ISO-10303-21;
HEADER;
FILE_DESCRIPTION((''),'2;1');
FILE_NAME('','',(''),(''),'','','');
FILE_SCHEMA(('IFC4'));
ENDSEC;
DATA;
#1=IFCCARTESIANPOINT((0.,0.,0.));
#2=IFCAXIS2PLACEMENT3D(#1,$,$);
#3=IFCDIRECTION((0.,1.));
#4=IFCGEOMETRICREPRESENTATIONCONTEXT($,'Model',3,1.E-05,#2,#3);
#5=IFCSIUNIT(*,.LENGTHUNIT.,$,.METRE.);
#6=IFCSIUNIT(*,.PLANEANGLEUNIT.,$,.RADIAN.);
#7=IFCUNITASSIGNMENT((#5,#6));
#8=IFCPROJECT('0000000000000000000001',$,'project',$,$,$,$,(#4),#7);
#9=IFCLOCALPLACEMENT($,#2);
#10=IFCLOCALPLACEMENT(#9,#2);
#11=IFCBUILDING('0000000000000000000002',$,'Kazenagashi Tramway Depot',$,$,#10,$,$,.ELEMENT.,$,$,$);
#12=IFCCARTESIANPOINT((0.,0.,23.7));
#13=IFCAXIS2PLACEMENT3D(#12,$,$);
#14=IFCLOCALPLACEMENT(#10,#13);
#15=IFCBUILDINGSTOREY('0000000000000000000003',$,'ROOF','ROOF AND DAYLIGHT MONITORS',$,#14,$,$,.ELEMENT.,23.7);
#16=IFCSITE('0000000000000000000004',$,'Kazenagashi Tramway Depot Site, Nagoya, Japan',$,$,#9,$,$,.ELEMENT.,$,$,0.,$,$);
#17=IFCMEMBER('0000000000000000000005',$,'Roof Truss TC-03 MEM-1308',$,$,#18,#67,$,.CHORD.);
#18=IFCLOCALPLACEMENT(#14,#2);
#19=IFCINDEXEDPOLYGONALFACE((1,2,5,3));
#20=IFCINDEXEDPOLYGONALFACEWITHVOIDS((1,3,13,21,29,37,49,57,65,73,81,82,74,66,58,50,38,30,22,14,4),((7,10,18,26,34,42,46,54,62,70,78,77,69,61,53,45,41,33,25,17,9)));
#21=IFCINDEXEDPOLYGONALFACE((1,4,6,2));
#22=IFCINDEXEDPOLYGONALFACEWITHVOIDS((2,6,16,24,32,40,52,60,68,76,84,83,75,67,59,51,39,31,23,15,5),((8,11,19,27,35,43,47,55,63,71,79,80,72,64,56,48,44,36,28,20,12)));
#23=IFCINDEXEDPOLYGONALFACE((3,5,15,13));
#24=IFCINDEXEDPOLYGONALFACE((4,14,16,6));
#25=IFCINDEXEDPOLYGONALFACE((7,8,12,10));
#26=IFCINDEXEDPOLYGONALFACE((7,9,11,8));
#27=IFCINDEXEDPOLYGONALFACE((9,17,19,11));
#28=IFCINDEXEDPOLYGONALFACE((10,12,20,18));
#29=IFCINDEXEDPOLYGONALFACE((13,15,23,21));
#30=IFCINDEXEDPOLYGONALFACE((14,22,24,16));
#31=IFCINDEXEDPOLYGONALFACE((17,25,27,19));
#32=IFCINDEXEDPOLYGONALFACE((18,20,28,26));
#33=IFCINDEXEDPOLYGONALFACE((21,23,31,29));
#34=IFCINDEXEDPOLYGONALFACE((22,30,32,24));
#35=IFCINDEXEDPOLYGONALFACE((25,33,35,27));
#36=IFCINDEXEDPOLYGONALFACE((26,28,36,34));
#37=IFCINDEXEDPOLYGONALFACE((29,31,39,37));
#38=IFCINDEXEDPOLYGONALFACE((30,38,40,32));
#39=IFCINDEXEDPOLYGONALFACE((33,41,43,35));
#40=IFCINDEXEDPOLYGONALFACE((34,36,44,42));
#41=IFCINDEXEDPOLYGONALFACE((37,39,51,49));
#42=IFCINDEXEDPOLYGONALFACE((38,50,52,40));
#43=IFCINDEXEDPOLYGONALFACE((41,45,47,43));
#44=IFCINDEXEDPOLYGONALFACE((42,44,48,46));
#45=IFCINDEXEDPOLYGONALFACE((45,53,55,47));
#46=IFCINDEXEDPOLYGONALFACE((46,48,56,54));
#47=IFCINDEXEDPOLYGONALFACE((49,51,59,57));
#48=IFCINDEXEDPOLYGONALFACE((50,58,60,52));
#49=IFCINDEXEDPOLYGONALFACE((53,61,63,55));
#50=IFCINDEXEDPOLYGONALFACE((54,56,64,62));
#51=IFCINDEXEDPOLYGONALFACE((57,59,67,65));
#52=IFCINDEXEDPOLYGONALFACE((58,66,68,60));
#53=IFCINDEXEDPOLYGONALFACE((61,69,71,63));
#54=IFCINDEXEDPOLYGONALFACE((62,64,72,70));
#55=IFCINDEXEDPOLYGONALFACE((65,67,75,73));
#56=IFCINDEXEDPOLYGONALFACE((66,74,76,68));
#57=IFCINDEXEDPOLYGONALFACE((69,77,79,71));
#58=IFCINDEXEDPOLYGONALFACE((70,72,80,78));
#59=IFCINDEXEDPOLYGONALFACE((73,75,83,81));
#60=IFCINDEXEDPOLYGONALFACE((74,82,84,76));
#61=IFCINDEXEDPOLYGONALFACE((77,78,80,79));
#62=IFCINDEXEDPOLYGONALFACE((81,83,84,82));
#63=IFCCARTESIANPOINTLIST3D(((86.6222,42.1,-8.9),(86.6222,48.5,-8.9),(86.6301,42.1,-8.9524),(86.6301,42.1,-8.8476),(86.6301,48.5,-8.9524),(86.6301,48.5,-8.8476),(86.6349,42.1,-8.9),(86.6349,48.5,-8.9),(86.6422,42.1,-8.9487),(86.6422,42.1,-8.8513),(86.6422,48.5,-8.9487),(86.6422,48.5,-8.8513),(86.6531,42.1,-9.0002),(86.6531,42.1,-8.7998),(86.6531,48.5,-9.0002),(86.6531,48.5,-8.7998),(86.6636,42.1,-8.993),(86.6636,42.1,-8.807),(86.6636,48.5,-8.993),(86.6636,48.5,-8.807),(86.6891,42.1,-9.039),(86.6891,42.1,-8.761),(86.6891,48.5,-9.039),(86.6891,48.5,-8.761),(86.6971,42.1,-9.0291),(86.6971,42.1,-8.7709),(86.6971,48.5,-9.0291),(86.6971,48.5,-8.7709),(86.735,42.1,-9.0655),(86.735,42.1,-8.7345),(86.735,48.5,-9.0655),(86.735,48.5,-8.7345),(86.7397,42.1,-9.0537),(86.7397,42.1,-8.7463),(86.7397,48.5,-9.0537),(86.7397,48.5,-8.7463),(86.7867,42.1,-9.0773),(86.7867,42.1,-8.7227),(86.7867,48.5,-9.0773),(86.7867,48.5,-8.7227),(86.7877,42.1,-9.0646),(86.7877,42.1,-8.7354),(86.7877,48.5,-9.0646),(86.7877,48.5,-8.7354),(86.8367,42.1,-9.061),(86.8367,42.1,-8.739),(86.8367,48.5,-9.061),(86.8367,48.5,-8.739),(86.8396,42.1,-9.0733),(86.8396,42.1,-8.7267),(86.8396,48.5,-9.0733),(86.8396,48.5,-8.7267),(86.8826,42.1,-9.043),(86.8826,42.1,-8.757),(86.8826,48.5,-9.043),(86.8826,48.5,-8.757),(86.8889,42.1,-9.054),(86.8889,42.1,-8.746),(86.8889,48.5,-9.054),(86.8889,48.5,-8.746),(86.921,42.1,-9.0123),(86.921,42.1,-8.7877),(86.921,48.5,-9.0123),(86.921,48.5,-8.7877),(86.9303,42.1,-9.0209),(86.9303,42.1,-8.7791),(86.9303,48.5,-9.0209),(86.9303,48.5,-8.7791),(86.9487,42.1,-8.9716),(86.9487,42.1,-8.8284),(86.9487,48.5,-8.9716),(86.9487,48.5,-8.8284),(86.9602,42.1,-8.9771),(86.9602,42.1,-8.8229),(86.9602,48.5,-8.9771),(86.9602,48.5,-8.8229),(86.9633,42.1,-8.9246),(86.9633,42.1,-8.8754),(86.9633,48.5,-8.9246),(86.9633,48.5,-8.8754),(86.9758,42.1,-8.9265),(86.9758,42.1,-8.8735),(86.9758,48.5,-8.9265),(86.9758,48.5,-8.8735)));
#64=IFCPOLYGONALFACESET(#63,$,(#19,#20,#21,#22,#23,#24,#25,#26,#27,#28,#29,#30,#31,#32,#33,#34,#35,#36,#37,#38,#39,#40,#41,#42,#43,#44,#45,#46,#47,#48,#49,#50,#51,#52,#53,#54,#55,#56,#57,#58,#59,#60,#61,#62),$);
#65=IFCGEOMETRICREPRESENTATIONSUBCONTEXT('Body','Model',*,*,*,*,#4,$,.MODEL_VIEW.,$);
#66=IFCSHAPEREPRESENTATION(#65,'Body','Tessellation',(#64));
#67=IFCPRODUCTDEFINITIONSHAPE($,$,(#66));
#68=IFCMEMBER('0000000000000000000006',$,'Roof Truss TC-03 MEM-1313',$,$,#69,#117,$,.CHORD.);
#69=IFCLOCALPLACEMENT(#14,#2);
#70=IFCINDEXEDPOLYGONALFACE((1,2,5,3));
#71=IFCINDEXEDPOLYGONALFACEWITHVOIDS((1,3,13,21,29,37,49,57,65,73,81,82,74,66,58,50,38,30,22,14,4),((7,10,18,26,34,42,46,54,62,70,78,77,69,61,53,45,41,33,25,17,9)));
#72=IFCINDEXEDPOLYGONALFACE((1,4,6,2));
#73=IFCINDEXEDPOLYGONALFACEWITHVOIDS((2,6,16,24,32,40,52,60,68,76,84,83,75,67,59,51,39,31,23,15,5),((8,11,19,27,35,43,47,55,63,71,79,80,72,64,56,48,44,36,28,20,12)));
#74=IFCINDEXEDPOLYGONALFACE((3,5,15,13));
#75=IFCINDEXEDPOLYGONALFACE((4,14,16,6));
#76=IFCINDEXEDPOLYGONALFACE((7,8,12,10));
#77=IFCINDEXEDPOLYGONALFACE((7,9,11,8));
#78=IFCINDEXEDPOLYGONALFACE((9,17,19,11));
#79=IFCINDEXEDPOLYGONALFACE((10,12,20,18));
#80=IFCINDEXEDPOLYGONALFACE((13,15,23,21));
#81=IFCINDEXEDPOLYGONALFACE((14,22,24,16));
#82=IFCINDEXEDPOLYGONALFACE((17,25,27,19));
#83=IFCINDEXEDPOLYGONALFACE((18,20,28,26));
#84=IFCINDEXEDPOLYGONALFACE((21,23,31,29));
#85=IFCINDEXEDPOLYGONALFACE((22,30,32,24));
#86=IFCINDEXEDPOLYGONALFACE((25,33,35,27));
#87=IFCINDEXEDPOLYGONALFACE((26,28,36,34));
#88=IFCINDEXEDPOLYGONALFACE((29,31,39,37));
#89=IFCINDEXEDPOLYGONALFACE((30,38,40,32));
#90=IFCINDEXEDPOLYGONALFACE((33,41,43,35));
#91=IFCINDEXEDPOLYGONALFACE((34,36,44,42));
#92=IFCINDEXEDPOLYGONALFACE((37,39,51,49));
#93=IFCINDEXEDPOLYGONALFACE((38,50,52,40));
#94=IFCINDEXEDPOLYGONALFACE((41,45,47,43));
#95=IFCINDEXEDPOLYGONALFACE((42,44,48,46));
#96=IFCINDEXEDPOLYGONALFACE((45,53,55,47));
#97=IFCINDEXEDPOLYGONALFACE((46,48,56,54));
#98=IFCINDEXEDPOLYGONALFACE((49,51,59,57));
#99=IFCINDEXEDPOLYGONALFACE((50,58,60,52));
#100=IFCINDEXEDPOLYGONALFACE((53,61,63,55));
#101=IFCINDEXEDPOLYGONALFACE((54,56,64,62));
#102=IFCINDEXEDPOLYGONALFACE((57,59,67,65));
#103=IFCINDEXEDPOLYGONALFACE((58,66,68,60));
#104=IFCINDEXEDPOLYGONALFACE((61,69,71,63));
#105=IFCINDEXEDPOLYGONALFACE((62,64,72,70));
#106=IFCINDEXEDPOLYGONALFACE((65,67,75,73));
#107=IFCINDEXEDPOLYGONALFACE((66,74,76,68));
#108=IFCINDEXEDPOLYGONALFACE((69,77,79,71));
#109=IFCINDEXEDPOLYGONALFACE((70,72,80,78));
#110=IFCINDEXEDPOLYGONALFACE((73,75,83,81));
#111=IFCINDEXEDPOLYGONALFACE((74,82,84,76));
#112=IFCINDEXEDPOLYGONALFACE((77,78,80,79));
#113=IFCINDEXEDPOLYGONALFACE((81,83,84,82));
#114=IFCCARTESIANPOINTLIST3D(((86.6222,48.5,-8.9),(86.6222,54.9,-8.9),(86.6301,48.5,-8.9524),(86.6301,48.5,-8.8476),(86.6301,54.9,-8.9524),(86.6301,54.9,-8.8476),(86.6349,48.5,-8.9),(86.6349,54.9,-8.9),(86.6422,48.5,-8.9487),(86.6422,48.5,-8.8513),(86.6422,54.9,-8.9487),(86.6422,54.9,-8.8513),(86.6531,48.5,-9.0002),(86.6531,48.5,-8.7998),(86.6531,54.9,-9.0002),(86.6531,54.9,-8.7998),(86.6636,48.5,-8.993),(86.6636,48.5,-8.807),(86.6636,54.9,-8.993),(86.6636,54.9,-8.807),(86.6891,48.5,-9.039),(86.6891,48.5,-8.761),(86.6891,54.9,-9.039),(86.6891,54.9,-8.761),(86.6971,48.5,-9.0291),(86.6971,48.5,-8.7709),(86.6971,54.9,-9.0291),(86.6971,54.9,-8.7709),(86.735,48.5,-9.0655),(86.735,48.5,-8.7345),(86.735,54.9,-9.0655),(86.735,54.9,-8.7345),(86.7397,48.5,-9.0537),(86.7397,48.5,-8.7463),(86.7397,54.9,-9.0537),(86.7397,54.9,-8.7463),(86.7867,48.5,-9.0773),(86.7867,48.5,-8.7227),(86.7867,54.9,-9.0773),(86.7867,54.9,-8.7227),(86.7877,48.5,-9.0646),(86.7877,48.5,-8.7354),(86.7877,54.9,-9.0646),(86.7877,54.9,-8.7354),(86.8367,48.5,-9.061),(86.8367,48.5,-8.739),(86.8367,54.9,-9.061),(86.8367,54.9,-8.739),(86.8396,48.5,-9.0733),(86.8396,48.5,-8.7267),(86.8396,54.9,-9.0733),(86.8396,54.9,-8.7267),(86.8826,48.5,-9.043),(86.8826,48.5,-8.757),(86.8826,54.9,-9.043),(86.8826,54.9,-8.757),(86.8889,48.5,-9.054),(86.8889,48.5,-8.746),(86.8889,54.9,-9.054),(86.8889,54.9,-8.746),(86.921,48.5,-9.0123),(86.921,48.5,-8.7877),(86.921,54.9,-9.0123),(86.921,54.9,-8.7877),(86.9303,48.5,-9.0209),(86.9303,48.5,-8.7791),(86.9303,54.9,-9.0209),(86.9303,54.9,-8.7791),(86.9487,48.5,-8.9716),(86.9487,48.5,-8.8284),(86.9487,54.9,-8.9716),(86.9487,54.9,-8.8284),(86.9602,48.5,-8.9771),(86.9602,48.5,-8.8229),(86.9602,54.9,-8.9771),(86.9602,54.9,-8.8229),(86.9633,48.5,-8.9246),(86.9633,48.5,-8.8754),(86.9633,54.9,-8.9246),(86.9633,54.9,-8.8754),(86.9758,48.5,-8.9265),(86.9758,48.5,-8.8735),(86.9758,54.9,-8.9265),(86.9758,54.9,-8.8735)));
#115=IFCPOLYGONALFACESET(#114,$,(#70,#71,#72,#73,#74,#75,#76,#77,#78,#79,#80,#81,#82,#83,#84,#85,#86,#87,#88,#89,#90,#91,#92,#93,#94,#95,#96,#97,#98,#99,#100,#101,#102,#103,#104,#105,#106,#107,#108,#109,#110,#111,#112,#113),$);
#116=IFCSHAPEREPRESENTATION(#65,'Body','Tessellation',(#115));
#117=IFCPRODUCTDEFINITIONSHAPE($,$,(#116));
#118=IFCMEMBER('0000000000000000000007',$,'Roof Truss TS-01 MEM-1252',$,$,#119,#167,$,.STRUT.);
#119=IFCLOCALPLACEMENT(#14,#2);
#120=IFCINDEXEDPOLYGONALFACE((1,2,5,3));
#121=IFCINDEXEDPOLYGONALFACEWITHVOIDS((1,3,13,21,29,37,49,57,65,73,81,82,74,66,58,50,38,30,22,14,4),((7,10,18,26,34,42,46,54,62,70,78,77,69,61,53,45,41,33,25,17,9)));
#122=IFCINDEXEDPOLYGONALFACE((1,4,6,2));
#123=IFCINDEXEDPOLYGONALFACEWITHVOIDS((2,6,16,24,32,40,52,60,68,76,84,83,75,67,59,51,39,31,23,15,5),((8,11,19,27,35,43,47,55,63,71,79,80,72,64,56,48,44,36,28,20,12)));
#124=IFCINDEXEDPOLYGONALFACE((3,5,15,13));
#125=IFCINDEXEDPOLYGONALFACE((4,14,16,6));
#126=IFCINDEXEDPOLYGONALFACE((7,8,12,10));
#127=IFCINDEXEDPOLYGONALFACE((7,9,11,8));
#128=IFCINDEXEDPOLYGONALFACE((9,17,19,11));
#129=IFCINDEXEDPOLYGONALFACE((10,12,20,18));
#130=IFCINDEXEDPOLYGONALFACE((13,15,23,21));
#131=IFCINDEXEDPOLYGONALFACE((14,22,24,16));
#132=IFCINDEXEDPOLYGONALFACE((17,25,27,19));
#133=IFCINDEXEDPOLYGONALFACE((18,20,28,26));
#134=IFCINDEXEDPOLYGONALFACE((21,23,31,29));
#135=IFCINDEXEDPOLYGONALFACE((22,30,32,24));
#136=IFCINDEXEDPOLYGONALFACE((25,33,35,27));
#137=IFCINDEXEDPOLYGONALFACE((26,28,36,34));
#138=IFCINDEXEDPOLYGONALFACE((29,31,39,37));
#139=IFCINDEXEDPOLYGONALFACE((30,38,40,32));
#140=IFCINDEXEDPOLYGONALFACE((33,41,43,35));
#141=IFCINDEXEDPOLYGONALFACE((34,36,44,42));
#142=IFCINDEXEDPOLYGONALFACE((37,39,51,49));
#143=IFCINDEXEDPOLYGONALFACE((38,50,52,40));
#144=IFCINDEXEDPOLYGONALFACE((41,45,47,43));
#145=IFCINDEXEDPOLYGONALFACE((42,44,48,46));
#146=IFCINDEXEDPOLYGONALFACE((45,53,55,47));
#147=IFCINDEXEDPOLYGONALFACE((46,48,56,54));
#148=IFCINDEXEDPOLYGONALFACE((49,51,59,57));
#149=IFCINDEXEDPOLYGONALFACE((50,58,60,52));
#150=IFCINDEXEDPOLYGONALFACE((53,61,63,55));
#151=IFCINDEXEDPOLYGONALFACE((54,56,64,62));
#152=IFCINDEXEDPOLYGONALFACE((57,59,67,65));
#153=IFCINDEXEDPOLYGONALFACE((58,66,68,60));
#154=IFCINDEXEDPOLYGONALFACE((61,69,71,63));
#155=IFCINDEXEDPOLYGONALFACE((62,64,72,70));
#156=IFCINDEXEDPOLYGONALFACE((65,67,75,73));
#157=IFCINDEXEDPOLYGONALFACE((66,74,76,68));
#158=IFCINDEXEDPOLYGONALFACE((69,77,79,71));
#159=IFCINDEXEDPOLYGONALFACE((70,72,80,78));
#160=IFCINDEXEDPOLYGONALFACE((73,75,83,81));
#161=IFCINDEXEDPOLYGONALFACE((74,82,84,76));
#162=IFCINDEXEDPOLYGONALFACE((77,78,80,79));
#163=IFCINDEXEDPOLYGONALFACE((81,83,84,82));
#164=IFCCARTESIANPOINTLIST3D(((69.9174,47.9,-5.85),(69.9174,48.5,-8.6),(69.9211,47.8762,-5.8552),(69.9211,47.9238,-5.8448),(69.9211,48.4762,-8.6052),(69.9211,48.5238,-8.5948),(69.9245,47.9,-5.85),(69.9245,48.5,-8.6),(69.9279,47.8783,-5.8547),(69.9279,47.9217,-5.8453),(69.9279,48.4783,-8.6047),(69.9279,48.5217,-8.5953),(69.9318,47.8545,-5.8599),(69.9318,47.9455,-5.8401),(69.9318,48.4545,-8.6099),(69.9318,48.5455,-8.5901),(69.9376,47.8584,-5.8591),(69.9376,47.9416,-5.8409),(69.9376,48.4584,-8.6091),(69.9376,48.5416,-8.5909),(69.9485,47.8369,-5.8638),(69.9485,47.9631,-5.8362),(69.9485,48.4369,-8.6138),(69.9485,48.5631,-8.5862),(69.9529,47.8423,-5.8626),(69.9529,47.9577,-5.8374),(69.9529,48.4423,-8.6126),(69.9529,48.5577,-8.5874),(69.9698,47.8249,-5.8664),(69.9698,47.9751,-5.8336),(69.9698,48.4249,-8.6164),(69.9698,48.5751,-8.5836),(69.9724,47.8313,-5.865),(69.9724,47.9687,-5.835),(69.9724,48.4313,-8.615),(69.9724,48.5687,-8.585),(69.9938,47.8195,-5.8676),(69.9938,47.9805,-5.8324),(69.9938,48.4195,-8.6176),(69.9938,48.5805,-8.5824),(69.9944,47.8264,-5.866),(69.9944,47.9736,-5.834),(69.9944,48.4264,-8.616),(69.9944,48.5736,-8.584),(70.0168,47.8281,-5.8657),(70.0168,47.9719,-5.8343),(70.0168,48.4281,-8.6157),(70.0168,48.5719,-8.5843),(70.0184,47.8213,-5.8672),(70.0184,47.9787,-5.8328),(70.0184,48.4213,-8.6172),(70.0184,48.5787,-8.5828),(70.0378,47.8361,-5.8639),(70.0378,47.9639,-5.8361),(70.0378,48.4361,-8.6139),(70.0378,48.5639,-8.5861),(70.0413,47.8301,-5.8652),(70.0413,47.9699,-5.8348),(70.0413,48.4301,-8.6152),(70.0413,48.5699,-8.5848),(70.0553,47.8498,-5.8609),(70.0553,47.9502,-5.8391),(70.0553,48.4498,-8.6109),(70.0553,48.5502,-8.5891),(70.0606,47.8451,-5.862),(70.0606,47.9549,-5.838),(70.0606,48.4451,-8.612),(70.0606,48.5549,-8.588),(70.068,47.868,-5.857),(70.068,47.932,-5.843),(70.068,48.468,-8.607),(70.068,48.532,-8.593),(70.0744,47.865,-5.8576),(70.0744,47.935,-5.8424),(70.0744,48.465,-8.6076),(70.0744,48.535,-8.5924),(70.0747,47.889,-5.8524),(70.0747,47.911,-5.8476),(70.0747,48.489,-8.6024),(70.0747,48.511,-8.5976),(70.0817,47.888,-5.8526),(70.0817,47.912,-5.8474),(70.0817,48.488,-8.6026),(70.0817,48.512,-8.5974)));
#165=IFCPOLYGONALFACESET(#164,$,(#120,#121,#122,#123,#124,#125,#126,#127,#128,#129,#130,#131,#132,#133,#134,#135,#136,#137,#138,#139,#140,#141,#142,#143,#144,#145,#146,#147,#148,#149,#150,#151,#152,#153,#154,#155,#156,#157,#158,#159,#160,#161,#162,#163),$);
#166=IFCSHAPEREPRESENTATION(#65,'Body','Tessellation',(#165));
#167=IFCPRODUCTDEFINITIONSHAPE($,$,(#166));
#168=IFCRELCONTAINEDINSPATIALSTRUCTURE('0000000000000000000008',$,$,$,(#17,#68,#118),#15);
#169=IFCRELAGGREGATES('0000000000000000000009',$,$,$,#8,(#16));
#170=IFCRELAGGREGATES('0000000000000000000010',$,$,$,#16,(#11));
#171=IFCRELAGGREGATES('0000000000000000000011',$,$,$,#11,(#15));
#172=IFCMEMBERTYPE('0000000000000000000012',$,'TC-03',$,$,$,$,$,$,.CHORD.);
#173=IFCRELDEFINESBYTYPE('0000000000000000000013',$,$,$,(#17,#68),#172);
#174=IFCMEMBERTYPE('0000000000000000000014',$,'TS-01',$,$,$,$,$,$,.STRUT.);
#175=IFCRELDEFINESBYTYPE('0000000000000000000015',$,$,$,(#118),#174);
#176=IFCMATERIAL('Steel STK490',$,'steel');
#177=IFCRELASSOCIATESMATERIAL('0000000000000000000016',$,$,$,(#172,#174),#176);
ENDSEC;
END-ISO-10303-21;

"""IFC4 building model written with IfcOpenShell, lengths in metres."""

from ifc_helpers import new_model, si_unit, direction, frame, origin, origin_2d, place, context, subcontext, project, spatial, hollow_circle, extrude, material, material_profile, profile_set, type_object, element, save


model = new_model("IFC4")

# Units and contexts
model_context = context("Model", 3, precision=1e-05, world=origin(), true_north=direction((0.0, 1.0)))
body_context = subcontext(model_context, "Body", "Model", "MODEL_VIEW")
ifc_project = project(units=[si_unit("LENGTHUNIT", "METRE"), si_unit("PLANEANGLEUNIT", "RADIAN")], contexts=[model_context])

# Site, building, storey
site_placement = place(None, origin())
site = spatial("IfcSite", under=ifc_project, at=site_placement, Name="Kazenagashi Tramway Depot Site, Nagoya, Japan", CompositionType="ELEMENT", RefElevation=0.0)
building_placement = place(site_placement, origin())
building = spatial("IfcBuilding", under=site, at=building_placement, Name="Kazenagashi Tramway Depot", CompositionType="ELEMENT")
storey_placement = place(building_placement, frame((0.0, 0.0, 23.7)))
storey = spatial("IfcBuildingStorey", under=building, at=storey_placement, Name="ROOF", Description="ROOF AND DAYLIGHT MONITORS", CompositionType="ELEMENT", Elevation=23.7)

# Members
ifc_material_1 = material(Name="Steel STK490", Category="steel")
ifc_material_profile_1 = material_profile(ifc_material_1, hollow_circle(Radius=0.1778, WallThickness=0.0127, at=origin_2d()), Name="CHS-355.6x12.7")
ifc_profile_set_1 = profile_set([ifc_material_profile_1], Name="Steel STK490")
member_type_1 = type_object("IfcMemberType", Name="TC-03", PredefinedType="CHORD", material=ifc_profile_set_1)
for number, where, z_axis, x_axis, name in (
    (1, (86.8, 42.1, -8.9), (0.0, 1.0, 0.0), (-1.0, 0.0, 0.0), "Roof Truss TC-03 MEM-1308"),
    (2, (86.8, 48.5, -8.9), (0.0, 1.0, 0.0), (-1.0, 0.0, 0.0), "Roof Truss TC-03 MEM-1313"),
):
    element("IfcMember", number, at=place(storey_placement, frame(where, z_axis=z_axis, x_axis=x_axis)), inside=storey, type_object=member_type_1, Name=name, PredefinedType="CHORD", context=body_context, shape_type="SweptSolid", body=[
        extrude(hollow_circle(Radius=0.1778, WallThickness=0.0127, at=origin_2d()), origin(), (0.0, 0.0, 1.0), 6.4),
    ])
ifc_material_profile_2 = material_profile(ifc_material_1, hollow_circle(Radius=0.0826, WallThickness=0.0071, at=origin_2d()), Name="CHS-165.2x7.1")
ifc_profile_set_2 = profile_set([ifc_material_profile_2], Name="Steel STK490")
member_type_2 = type_object("IfcMemberType", Name="TS-01", PredefinedType="STRUT", material=ifc_profile_set_2)
for number, where, z_axis, x_axis, name in (
    (3, (70.0, 47.9, -5.85), (0.0, 0.213167, -0.977016), (-1.0, 0.0, 0.0), "Roof Truss TS-01 MEM-1252"),
):
    element("IfcMember", number, at=place(storey_placement, frame(where, z_axis=z_axis, x_axis=x_axis)), inside=storey, type_object=member_type_2, Name=name, PredefinedType="STRUT", context=body_context, shape_type="SweptSolid", body=[
        extrude(hollow_circle(Radius=0.0826, WallThickness=0.0071, at=origin_2d()), origin(), (0.0, 0.0, 1.0), 2.8147),
    ])

save(model, "model.ifc")
